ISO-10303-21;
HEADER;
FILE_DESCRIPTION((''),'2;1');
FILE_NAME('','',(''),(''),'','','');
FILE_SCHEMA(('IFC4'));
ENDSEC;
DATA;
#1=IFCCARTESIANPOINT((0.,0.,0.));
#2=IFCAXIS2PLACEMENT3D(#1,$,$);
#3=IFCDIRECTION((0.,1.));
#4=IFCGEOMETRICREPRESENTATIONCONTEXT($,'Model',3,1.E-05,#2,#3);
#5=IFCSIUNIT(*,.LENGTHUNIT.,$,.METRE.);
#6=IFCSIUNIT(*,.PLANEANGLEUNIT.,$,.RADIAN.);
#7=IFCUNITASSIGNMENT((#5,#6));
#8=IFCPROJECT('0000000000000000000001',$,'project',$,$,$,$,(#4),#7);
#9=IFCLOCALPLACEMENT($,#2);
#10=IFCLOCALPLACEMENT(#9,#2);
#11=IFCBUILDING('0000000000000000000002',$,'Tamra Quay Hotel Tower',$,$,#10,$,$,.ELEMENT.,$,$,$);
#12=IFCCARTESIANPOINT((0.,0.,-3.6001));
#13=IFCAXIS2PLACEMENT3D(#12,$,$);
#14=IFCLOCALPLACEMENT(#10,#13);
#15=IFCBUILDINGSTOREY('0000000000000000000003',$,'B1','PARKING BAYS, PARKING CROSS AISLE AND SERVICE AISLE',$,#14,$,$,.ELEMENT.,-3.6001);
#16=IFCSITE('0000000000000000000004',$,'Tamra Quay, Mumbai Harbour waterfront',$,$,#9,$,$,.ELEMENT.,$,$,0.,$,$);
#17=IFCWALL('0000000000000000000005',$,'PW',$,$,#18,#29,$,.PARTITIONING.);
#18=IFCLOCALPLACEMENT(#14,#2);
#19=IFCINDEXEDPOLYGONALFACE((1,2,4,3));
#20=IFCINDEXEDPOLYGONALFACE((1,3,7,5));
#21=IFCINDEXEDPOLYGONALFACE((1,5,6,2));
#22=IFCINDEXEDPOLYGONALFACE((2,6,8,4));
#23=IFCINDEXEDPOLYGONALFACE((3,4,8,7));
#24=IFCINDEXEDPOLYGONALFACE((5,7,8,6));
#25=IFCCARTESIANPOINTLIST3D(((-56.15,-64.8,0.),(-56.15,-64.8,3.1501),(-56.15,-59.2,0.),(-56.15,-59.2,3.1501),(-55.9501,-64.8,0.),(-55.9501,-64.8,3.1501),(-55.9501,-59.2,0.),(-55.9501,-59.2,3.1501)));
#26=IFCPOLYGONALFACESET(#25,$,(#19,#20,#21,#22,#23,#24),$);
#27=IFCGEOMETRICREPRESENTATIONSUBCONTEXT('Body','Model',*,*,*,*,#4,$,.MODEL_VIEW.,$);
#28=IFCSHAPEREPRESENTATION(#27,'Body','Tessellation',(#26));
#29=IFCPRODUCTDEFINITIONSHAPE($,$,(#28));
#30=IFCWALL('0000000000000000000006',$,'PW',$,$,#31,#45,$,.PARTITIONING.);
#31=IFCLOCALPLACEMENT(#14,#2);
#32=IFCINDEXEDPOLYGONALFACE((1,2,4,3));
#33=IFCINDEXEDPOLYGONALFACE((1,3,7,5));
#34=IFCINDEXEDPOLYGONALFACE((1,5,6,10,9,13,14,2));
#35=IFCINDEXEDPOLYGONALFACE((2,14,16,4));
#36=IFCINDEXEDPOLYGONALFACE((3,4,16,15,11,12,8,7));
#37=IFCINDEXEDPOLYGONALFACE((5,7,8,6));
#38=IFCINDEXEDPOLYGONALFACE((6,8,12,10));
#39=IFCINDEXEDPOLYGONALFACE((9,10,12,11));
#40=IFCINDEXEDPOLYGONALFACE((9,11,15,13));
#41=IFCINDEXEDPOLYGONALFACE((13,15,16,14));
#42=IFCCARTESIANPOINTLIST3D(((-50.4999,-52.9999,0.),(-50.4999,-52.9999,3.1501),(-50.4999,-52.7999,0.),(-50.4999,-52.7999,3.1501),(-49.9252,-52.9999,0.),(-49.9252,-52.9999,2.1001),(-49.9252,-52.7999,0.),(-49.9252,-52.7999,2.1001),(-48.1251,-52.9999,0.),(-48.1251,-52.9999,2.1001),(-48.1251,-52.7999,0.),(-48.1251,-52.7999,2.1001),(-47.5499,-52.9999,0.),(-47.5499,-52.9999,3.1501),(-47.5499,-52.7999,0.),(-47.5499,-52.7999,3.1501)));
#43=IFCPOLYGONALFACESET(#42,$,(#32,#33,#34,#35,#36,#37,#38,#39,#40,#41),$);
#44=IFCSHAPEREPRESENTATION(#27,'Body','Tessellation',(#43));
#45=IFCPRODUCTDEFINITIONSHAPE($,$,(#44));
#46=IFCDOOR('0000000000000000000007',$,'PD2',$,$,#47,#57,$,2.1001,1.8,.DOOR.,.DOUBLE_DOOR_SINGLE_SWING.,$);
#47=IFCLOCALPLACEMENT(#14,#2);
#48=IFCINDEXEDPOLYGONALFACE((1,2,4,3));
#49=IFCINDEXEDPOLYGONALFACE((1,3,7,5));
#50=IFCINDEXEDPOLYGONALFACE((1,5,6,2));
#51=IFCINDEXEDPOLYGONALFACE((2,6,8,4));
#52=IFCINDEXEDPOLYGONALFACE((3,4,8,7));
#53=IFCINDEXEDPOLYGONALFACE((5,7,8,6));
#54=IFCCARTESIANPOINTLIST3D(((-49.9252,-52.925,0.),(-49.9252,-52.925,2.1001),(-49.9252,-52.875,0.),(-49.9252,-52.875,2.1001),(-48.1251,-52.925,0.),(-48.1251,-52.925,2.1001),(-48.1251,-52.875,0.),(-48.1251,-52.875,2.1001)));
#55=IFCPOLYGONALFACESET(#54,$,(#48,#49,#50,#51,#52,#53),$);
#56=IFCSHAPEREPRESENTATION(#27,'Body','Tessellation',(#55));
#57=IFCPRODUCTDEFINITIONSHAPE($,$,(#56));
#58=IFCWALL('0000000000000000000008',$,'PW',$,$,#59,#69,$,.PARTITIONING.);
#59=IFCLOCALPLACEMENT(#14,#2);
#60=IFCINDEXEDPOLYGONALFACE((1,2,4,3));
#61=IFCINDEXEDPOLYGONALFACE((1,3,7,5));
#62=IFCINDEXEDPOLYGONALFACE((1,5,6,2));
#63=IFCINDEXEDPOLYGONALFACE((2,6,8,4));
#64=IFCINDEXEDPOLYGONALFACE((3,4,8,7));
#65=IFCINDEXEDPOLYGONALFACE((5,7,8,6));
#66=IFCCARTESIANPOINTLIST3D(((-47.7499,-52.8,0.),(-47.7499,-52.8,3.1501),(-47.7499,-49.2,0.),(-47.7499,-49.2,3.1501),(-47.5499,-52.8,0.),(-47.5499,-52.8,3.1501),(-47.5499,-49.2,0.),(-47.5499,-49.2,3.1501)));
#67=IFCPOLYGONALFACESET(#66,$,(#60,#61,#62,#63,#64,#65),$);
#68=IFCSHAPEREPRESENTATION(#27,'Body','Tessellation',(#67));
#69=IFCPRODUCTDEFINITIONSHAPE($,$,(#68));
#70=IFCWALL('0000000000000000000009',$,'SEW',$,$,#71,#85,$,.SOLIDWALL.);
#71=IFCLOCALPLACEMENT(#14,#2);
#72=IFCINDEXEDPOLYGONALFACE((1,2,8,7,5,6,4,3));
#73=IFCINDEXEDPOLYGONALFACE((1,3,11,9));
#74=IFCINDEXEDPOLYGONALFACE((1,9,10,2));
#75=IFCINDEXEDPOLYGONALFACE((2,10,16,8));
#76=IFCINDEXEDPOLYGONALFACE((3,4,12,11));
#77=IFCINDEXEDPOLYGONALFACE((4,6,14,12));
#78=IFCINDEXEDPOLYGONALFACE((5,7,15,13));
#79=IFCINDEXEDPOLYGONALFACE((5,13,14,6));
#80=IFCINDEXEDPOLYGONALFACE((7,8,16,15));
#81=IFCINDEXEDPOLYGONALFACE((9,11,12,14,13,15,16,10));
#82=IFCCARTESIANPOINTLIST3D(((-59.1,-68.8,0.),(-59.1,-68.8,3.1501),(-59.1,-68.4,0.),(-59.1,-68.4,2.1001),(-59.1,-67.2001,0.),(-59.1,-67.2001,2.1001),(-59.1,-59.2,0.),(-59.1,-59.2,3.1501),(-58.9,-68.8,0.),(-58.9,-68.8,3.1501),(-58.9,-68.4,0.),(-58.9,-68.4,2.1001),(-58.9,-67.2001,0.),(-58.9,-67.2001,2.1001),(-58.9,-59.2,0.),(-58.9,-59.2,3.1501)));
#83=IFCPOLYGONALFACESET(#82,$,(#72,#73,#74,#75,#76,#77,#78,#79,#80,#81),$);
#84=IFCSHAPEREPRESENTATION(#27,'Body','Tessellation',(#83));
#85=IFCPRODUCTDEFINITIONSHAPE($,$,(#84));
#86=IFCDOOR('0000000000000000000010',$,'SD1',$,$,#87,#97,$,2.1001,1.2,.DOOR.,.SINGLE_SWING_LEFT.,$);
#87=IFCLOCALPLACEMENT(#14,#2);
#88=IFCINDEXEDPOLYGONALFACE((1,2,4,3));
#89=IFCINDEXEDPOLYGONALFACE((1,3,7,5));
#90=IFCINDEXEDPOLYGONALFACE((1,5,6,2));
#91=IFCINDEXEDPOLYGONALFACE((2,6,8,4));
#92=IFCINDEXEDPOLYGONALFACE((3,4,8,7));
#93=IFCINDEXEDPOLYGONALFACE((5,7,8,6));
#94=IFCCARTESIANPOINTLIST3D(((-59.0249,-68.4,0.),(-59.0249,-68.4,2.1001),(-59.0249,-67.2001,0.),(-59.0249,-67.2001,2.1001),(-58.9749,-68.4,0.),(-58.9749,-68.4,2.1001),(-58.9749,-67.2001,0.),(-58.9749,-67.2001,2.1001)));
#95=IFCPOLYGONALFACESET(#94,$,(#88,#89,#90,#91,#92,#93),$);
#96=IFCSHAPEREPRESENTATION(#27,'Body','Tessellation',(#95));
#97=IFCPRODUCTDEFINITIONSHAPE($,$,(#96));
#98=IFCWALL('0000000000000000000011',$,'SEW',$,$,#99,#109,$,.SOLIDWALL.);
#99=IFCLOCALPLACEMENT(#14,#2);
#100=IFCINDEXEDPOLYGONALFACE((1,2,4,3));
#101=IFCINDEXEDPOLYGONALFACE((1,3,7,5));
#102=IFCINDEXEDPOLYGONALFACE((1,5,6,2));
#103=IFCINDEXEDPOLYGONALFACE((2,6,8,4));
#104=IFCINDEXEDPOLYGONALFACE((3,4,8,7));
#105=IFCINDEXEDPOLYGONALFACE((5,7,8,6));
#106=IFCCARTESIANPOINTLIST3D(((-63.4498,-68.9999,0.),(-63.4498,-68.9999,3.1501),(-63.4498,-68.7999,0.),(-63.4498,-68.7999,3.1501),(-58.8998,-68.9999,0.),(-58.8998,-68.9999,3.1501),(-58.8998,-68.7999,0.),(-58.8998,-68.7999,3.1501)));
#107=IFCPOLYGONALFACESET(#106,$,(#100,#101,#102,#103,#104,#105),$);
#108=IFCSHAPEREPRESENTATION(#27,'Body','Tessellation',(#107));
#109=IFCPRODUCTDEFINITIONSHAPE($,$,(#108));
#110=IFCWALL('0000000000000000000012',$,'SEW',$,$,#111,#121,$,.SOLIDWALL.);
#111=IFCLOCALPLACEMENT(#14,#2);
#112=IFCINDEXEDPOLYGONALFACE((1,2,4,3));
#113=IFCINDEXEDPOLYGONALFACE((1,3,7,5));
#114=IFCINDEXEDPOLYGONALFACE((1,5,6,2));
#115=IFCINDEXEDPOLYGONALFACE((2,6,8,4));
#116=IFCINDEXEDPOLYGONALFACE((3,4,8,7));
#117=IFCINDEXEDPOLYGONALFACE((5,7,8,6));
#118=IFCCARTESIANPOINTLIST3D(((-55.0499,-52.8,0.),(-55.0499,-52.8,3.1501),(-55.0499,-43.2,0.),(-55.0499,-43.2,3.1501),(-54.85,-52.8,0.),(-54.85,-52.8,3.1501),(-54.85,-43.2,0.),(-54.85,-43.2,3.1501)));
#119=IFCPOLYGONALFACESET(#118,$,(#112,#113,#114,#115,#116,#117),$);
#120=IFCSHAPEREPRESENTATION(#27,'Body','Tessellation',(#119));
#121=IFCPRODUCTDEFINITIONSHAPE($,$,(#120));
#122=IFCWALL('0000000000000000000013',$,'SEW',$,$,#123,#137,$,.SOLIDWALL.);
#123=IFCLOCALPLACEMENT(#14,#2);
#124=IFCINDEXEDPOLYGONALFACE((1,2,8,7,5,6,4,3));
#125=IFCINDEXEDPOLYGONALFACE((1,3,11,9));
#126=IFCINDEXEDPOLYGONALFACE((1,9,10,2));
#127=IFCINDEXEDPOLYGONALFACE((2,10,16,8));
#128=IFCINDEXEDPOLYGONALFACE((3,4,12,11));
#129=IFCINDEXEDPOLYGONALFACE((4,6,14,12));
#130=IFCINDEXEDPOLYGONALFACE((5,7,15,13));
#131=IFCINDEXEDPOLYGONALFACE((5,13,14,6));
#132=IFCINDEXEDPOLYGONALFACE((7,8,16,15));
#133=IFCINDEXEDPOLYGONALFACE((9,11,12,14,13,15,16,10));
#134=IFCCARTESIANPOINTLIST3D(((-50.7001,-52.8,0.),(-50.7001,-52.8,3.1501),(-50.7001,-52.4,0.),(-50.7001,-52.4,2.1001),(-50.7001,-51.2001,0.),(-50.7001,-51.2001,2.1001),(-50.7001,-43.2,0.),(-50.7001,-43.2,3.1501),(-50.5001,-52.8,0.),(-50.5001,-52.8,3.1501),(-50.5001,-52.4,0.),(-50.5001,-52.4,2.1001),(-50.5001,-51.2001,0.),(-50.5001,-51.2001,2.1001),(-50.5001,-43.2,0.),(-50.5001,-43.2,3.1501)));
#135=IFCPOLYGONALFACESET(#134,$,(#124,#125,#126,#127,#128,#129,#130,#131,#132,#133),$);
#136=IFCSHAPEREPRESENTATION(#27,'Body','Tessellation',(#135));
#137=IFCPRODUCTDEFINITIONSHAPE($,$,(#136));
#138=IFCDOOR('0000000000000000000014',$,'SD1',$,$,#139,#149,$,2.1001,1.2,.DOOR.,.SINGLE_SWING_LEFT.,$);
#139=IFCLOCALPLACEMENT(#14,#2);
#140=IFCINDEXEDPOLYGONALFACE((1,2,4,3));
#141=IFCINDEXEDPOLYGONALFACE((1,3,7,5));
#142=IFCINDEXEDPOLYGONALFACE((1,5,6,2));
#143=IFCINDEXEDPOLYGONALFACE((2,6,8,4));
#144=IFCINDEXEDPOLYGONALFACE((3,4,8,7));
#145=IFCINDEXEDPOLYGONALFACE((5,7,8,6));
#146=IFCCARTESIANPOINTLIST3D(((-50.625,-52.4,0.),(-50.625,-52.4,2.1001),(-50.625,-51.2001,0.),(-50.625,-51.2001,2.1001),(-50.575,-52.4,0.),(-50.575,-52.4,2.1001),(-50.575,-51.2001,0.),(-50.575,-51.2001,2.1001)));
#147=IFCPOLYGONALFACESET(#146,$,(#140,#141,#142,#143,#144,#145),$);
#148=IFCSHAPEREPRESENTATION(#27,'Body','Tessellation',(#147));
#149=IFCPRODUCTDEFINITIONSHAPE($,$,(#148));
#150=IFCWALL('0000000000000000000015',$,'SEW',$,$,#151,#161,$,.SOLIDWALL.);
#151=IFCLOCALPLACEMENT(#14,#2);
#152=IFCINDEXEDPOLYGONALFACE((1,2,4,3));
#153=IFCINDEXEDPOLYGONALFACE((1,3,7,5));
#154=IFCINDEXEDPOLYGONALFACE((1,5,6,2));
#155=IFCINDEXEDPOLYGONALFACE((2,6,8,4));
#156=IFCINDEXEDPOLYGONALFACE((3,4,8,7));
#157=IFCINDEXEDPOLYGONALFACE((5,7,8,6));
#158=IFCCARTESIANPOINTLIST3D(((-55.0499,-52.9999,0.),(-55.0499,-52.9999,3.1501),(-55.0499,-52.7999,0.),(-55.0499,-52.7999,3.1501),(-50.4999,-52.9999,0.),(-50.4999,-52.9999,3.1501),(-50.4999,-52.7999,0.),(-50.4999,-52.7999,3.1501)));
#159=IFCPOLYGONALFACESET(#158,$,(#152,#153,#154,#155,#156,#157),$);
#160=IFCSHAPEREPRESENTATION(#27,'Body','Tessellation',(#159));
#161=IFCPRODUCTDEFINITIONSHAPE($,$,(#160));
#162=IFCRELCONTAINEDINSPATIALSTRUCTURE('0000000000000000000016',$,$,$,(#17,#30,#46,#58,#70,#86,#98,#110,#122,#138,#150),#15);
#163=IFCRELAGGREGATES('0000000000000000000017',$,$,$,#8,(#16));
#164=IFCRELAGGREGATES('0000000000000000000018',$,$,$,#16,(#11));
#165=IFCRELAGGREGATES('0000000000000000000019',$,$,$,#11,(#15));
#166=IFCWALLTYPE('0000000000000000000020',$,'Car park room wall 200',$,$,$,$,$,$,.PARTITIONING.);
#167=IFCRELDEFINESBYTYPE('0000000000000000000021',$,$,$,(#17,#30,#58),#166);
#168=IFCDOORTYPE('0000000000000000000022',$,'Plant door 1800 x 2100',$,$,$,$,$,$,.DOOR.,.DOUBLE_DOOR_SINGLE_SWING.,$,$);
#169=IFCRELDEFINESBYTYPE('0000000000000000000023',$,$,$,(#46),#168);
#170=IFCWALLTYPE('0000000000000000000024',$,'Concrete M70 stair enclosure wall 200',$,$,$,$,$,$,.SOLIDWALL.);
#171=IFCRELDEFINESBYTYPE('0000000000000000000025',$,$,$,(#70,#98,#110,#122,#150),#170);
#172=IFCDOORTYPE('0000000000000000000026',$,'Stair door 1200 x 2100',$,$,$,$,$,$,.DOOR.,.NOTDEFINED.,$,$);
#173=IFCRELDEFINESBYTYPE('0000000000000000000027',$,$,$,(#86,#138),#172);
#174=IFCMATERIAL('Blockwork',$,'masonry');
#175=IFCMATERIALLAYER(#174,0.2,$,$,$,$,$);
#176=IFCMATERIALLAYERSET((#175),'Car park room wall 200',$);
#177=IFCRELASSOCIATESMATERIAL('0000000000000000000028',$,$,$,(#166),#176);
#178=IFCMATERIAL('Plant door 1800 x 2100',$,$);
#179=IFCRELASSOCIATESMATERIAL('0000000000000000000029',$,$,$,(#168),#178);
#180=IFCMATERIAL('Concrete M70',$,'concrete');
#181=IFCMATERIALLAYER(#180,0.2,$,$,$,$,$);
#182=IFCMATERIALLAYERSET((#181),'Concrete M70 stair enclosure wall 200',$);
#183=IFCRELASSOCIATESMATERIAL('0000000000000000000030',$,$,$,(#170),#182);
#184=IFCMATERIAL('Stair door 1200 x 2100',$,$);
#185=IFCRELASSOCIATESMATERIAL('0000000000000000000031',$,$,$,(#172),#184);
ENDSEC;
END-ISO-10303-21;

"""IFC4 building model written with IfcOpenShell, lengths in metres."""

from ifc_helpers import new_model, si_unit, direction, frame, frame_2d, origin, place, context, subcontext, project, spatial, rectangle, extrude, material, layer, layer_set, type_object, element, fill, save


model = new_model("IFC4")

# Units and contexts
model_context = context("Model", 3, precision=1e-05, world=origin(), true_north=direction((0.0, 1.0)))
body_context = subcontext(model_context, "Body", "Model", "MODEL_VIEW")
ifc_project = project(units=[si_unit("LENGTHUNIT", "METRE"), si_unit("PLANEANGLEUNIT", "RADIAN")], contexts=[model_context])

# Site, building, storey
site_placement = place(None, origin())
site = spatial("IfcSite", under=ifc_project, at=site_placement, Name="Tamra Quay, Mumbai Harbour waterfront", CompositionType="ELEMENT", RefElevation=0.0)
building_placement = place(site_placement, origin())
building = spatial("IfcBuilding", under=site, at=building_placement, Name="Tamra Quay Hotel Tower", CompositionType="ELEMENT")
storey_placement = place(building_placement, frame((0.0, 0.0, -3.6001)))
storey = spatial("IfcBuildingStorey", under=building, at=storey_placement, Name="B1", Description="PARKING BAYS, PARKING CROSS AISLE AND SERVICE AISLE", CompositionType="ELEMENT", Elevation=-3.6001)

# Shared definitions
ifc_material_1 = material(Name="Concrete M70", Category="concrete")

# Shared definitions
ifc_material_2 = material(Name="Blockwork", Category="masonry")
ifc_layer_1 = layer(ifc_material_2, 0.2)
ifc_layer_set_1 = layer_set([ifc_layer_1], Name="Car park room wall 200")
wall_type_1 = type_object("IfcWallType", Name="Car park room wall 200", PredefinedType="PARTITIONING", material=ifc_layer_set_1)
ifc_material_3 = material(Name="Plant door 1800 x 2100")
door_type_1 = type_object("IfcDoorType", Name="Plant door 1800 x 2100", OperationType="DOUBLE_DOOR_SINGLE_SWING", PredefinedType="DOOR", material=ifc_material_3)

# Wall
wall_1_placement = place(storey_placement, frame((-56.05, -64.8, 0.0), z_axis=(0.0, 0.0, 1.0), x_axis=(0.0, 1.0, 0.0)))
element("IfcWall", 1, at=wall_1_placement, inside=storey, type_object=wall_type_1, Name="PW", PredefinedType="PARTITIONING", context=body_context, shape_type="SweptSolid", body=[
    extrude(rectangle(XDim=5.6001, YDim=0.2, at=frame_2d((2.8, 0.0))), origin(), (0.0, 0.0, 1.0), 3.1501),
])

# Wall, opening, door
wall_2_placement = place(storey_placement, frame((-50.5, -52.8999, 0.0), z_axis=(0.0, 0.0, 1.0), x_axis=(1.0, 0.0, 0.0)))
wall_2 = element("IfcWall", 2, at=wall_2_placement, inside=storey, type_object=wall_type_1, Name="PW", PredefinedType="PARTITIONING", context=body_context, shape_type="SweptSolid", body=[
    extrude(rectangle(XDim=2.95, YDim=0.2, at=frame_2d((1.4751, 0.0))), origin(), (0.0, 0.0, 1.0), 3.1501),
])
opening_1_placement = place(wall_2_placement, frame((0.575, 0.0, 0.0)))
opening_1 = element("IfcOpeningElement", 3, at=opening_1_placement, cuts=wall_2, PredefinedType="OPENING", context=body_context, shape_type="SweptSolid", body=[
    extrude(rectangle(XDim=1.8, YDim=2.1001, at=frame_2d((0.8999, 1.05))), frame((0.0, 0.1099, 0.0), z_axis=(0.0, -1.0, 0.0), x_axis=(1.0, 0.0, 0.0)), (0.0, 0.0, 1.0), 0.22),
])
door_1_placement = place(opening_1_placement, origin())
door_1 = element("IfcDoor", 4, at=door_1_placement, inside=storey, type_object=door_type_1, Name="PD2", OperationType="DOUBLE_DOOR_SINGLE_SWING", OverallHeight=2.1001, OverallWidth=1.8, PredefinedType="DOOR", context=body_context, shape_type="SweptSolid", body=[
    extrude(rectangle(XDim=1.8, YDim=2.1001, at=frame_2d((0.8999, 1.05))), frame((0.0, 0.0249, 0.0), z_axis=(0.0, -1.0, 0.0), x_axis=(1.0, 0.0, 0.0)), (0.0, 0.0, 1.0), 0.05),
])
fill(opening_1, door_1)

# Wall
wall_3_placement = place(storey_placement, frame((-47.6499, -52.8, 0.0), z_axis=(0.0, 0.0, 1.0), x_axis=(0.0, 1.0, 0.0)))
element("IfcWall", 5, at=wall_3_placement, inside=storey, type_object=wall_type_1, Name="PW", PredefinedType="PARTITIONING", context=body_context, shape_type="SweptSolid", body=[
    extrude(rectangle(XDim=3.6001, YDim=0.2, at=frame_2d((1.8, 0.0))), origin(), (0.0, 0.0, 1.0), 3.1501),
])

# Wall, opening, door
ifc_layer_2 = layer(ifc_material_1, 0.2)
ifc_layer_set_2 = layer_set([ifc_layer_2], Name="Concrete M70 stair enclosure wall 200")
wall_type_2 = type_object("IfcWallType", Name="Concrete M70 stair enclosure wall 200", PredefinedType="SOLIDWALL", material=ifc_layer_set_2)
wall_4_placement = place(storey_placement, frame((-59.0, -68.8, 0.0), z_axis=(0.0, 0.0, 1.0), x_axis=(0.0, 1.0, 0.0)))
wall_4 = element("IfcWall", 6, at=wall_4_placement, inside=storey, type_object=wall_type_2, Name="SEW", PredefinedType="SOLIDWALL", context=body_context, shape_type="SweptSolid", body=[
    extrude(rectangle(XDim=9.6001, YDim=0.2, at=frame_2d((4.8, 0.0))), origin(), (0.0, 0.0, 1.0), 3.1501),
])
opening_2_placement = place(wall_4_placement, frame((0.3999, 0.0, 0.0)))
opening_2 = element("IfcOpeningElement", 7, at=opening_2_placement, cuts=wall_4, PredefinedType="OPENING", context=body_context, shape_type="SweptSolid", body=[
    extrude(rectangle(XDim=1.2, YDim=2.1001, at=frame_2d((0.6001, 1.05))), frame((0.0, 0.1099, 0.0), z_axis=(0.0, -1.0, 0.0), x_axis=(1.0, 0.0, 0.0)), (0.0, 0.0, 1.0), 0.22),
])
ifc_material_4 = material(Name="Stair door 1200 x 2100")
door_type_2 = type_object("IfcDoorType", Name="Stair door 1200 x 2100", OperationType="NOTDEFINED", PredefinedType="DOOR", material=ifc_material_4)
door_2_placement = place(opening_2_placement, origin())
door_2 = element("IfcDoor", 8, at=door_2_placement, inside=storey, type_object=door_type_2, Name="SD1", OperationType="SINGLE_SWING_LEFT", OverallHeight=2.1001, OverallWidth=1.2, PredefinedType="DOOR", context=body_context, shape_type="SweptSolid", body=[
    extrude(rectangle(XDim=1.2, YDim=2.1001, at=frame_2d((0.6001, 1.05))), frame((0.0, 0.0249, 0.0), z_axis=(0.0, -1.0, 0.0), x_axis=(1.0, 0.0, 0.0)), (0.0, 0.0, 1.0), 0.05),
])
fill(opening_2, door_2)

# Walls
wall_5_placement = place(storey_placement, frame((-58.8999, -68.8999, 0.0), z_axis=(0.0, 0.0, 1.0), x_axis=(-1.0, 0.0, 0.0)))
element("IfcWall", 9, at=wall_5_placement, inside=storey, type_object=wall_type_2, Name="SEW", PredefinedType="SOLIDWALL", context=body_context, shape_type="SweptSolid", body=[
    extrude(rectangle(XDim=4.55, YDim=0.2, at=frame_2d((2.2749, 0.0))), origin(), (0.0, 0.0, 1.0), 3.1501),
])
wall_6_placement = place(storey_placement, frame((-54.95, -52.8, 0.0), z_axis=(0.0, 0.0, 1.0), x_axis=(0.0, 1.0, 0.0)))
element("IfcWall", 10, at=wall_6_placement, inside=storey, type_object=wall_type_2, Name="SEW", PredefinedType="SOLIDWALL", context=body_context, shape_type="SweptSolid", body=[
    extrude(rectangle(XDim=9.6001, YDim=0.2, at=frame_2d((4.8, 0.0))), origin(), (0.0, 0.0, 1.0), 3.1501),
])

# Wall, opening, door
wall_7_placement = place(storey_placement, frame((-50.6001, -52.8, 0.0), z_axis=(0.0, 0.0, 1.0), x_axis=(0.0, 1.0, 0.0)))
wall_7 = element("IfcWall", 11, at=wall_7_placement, inside=storey, type_object=wall_type_2, Name="SEW", PredefinedType="SOLIDWALL", context=body_context, shape_type="SweptSolid", body=[
    extrude(rectangle(XDim=9.6001, YDim=0.2, at=frame_2d((4.8, 0.0))), origin(), (0.0, 0.0, 1.0), 3.1501),
])
opening_3_placement = place(wall_7_placement, frame((0.3999, 0.0, 0.0)))
opening_3 = element("IfcOpeningElement", 12, at=opening_3_placement, cuts=wall_7, PredefinedType="OPENING", context=body_context, shape_type="SweptSolid", body=[
    extrude(rectangle(XDim=1.2, YDim=2.1001, at=frame_2d((0.6001, 1.05))), frame((0.0, 0.1099, 0.0), z_axis=(0.0, -1.0, 0.0), x_axis=(1.0, 0.0, 0.0)), (0.0, 0.0, 1.0), 0.22),
])
door_3_placement = place(opening_3_placement, origin())
door_3 = element("IfcDoor", 13, at=door_3_placement, inside=storey, type_object=door_type_2, Name="SD1", OperationType="SINGLE_SWING_LEFT", OverallHeight=2.1001, OverallWidth=1.2, PredefinedType="DOOR", context=body_context, shape_type="SweptSolid", body=[
    extrude(rectangle(XDim=1.2, YDim=2.1001, at=frame_2d((0.6001, 1.05))), frame((0.0, 0.0249, 0.0), z_axis=(0.0, -1.0, 0.0), x_axis=(1.0, 0.0, 0.0)), (0.0, 0.0, 1.0), 0.05),
])
fill(opening_3, door_3)

# Wall
wall_8_placement = place(storey_placement, frame((-50.5, -52.8999, 0.0), z_axis=(0.0, 0.0, 1.0), x_axis=(-1.0, 0.0, 0.0)))
element("IfcWall", 14, at=wall_8_placement, inside=storey, type_object=wall_type_2, Name="SEW", PredefinedType="SOLIDWALL", context=body_context, shape_type="SweptSolid", body=[
    extrude(rectangle(XDim=4.55, YDim=0.2, at=frame_2d((2.2749, 0.0))), origin(), (0.0, 0.0, 1.0), 3.1501),
])

save(model, "model.ifc")
